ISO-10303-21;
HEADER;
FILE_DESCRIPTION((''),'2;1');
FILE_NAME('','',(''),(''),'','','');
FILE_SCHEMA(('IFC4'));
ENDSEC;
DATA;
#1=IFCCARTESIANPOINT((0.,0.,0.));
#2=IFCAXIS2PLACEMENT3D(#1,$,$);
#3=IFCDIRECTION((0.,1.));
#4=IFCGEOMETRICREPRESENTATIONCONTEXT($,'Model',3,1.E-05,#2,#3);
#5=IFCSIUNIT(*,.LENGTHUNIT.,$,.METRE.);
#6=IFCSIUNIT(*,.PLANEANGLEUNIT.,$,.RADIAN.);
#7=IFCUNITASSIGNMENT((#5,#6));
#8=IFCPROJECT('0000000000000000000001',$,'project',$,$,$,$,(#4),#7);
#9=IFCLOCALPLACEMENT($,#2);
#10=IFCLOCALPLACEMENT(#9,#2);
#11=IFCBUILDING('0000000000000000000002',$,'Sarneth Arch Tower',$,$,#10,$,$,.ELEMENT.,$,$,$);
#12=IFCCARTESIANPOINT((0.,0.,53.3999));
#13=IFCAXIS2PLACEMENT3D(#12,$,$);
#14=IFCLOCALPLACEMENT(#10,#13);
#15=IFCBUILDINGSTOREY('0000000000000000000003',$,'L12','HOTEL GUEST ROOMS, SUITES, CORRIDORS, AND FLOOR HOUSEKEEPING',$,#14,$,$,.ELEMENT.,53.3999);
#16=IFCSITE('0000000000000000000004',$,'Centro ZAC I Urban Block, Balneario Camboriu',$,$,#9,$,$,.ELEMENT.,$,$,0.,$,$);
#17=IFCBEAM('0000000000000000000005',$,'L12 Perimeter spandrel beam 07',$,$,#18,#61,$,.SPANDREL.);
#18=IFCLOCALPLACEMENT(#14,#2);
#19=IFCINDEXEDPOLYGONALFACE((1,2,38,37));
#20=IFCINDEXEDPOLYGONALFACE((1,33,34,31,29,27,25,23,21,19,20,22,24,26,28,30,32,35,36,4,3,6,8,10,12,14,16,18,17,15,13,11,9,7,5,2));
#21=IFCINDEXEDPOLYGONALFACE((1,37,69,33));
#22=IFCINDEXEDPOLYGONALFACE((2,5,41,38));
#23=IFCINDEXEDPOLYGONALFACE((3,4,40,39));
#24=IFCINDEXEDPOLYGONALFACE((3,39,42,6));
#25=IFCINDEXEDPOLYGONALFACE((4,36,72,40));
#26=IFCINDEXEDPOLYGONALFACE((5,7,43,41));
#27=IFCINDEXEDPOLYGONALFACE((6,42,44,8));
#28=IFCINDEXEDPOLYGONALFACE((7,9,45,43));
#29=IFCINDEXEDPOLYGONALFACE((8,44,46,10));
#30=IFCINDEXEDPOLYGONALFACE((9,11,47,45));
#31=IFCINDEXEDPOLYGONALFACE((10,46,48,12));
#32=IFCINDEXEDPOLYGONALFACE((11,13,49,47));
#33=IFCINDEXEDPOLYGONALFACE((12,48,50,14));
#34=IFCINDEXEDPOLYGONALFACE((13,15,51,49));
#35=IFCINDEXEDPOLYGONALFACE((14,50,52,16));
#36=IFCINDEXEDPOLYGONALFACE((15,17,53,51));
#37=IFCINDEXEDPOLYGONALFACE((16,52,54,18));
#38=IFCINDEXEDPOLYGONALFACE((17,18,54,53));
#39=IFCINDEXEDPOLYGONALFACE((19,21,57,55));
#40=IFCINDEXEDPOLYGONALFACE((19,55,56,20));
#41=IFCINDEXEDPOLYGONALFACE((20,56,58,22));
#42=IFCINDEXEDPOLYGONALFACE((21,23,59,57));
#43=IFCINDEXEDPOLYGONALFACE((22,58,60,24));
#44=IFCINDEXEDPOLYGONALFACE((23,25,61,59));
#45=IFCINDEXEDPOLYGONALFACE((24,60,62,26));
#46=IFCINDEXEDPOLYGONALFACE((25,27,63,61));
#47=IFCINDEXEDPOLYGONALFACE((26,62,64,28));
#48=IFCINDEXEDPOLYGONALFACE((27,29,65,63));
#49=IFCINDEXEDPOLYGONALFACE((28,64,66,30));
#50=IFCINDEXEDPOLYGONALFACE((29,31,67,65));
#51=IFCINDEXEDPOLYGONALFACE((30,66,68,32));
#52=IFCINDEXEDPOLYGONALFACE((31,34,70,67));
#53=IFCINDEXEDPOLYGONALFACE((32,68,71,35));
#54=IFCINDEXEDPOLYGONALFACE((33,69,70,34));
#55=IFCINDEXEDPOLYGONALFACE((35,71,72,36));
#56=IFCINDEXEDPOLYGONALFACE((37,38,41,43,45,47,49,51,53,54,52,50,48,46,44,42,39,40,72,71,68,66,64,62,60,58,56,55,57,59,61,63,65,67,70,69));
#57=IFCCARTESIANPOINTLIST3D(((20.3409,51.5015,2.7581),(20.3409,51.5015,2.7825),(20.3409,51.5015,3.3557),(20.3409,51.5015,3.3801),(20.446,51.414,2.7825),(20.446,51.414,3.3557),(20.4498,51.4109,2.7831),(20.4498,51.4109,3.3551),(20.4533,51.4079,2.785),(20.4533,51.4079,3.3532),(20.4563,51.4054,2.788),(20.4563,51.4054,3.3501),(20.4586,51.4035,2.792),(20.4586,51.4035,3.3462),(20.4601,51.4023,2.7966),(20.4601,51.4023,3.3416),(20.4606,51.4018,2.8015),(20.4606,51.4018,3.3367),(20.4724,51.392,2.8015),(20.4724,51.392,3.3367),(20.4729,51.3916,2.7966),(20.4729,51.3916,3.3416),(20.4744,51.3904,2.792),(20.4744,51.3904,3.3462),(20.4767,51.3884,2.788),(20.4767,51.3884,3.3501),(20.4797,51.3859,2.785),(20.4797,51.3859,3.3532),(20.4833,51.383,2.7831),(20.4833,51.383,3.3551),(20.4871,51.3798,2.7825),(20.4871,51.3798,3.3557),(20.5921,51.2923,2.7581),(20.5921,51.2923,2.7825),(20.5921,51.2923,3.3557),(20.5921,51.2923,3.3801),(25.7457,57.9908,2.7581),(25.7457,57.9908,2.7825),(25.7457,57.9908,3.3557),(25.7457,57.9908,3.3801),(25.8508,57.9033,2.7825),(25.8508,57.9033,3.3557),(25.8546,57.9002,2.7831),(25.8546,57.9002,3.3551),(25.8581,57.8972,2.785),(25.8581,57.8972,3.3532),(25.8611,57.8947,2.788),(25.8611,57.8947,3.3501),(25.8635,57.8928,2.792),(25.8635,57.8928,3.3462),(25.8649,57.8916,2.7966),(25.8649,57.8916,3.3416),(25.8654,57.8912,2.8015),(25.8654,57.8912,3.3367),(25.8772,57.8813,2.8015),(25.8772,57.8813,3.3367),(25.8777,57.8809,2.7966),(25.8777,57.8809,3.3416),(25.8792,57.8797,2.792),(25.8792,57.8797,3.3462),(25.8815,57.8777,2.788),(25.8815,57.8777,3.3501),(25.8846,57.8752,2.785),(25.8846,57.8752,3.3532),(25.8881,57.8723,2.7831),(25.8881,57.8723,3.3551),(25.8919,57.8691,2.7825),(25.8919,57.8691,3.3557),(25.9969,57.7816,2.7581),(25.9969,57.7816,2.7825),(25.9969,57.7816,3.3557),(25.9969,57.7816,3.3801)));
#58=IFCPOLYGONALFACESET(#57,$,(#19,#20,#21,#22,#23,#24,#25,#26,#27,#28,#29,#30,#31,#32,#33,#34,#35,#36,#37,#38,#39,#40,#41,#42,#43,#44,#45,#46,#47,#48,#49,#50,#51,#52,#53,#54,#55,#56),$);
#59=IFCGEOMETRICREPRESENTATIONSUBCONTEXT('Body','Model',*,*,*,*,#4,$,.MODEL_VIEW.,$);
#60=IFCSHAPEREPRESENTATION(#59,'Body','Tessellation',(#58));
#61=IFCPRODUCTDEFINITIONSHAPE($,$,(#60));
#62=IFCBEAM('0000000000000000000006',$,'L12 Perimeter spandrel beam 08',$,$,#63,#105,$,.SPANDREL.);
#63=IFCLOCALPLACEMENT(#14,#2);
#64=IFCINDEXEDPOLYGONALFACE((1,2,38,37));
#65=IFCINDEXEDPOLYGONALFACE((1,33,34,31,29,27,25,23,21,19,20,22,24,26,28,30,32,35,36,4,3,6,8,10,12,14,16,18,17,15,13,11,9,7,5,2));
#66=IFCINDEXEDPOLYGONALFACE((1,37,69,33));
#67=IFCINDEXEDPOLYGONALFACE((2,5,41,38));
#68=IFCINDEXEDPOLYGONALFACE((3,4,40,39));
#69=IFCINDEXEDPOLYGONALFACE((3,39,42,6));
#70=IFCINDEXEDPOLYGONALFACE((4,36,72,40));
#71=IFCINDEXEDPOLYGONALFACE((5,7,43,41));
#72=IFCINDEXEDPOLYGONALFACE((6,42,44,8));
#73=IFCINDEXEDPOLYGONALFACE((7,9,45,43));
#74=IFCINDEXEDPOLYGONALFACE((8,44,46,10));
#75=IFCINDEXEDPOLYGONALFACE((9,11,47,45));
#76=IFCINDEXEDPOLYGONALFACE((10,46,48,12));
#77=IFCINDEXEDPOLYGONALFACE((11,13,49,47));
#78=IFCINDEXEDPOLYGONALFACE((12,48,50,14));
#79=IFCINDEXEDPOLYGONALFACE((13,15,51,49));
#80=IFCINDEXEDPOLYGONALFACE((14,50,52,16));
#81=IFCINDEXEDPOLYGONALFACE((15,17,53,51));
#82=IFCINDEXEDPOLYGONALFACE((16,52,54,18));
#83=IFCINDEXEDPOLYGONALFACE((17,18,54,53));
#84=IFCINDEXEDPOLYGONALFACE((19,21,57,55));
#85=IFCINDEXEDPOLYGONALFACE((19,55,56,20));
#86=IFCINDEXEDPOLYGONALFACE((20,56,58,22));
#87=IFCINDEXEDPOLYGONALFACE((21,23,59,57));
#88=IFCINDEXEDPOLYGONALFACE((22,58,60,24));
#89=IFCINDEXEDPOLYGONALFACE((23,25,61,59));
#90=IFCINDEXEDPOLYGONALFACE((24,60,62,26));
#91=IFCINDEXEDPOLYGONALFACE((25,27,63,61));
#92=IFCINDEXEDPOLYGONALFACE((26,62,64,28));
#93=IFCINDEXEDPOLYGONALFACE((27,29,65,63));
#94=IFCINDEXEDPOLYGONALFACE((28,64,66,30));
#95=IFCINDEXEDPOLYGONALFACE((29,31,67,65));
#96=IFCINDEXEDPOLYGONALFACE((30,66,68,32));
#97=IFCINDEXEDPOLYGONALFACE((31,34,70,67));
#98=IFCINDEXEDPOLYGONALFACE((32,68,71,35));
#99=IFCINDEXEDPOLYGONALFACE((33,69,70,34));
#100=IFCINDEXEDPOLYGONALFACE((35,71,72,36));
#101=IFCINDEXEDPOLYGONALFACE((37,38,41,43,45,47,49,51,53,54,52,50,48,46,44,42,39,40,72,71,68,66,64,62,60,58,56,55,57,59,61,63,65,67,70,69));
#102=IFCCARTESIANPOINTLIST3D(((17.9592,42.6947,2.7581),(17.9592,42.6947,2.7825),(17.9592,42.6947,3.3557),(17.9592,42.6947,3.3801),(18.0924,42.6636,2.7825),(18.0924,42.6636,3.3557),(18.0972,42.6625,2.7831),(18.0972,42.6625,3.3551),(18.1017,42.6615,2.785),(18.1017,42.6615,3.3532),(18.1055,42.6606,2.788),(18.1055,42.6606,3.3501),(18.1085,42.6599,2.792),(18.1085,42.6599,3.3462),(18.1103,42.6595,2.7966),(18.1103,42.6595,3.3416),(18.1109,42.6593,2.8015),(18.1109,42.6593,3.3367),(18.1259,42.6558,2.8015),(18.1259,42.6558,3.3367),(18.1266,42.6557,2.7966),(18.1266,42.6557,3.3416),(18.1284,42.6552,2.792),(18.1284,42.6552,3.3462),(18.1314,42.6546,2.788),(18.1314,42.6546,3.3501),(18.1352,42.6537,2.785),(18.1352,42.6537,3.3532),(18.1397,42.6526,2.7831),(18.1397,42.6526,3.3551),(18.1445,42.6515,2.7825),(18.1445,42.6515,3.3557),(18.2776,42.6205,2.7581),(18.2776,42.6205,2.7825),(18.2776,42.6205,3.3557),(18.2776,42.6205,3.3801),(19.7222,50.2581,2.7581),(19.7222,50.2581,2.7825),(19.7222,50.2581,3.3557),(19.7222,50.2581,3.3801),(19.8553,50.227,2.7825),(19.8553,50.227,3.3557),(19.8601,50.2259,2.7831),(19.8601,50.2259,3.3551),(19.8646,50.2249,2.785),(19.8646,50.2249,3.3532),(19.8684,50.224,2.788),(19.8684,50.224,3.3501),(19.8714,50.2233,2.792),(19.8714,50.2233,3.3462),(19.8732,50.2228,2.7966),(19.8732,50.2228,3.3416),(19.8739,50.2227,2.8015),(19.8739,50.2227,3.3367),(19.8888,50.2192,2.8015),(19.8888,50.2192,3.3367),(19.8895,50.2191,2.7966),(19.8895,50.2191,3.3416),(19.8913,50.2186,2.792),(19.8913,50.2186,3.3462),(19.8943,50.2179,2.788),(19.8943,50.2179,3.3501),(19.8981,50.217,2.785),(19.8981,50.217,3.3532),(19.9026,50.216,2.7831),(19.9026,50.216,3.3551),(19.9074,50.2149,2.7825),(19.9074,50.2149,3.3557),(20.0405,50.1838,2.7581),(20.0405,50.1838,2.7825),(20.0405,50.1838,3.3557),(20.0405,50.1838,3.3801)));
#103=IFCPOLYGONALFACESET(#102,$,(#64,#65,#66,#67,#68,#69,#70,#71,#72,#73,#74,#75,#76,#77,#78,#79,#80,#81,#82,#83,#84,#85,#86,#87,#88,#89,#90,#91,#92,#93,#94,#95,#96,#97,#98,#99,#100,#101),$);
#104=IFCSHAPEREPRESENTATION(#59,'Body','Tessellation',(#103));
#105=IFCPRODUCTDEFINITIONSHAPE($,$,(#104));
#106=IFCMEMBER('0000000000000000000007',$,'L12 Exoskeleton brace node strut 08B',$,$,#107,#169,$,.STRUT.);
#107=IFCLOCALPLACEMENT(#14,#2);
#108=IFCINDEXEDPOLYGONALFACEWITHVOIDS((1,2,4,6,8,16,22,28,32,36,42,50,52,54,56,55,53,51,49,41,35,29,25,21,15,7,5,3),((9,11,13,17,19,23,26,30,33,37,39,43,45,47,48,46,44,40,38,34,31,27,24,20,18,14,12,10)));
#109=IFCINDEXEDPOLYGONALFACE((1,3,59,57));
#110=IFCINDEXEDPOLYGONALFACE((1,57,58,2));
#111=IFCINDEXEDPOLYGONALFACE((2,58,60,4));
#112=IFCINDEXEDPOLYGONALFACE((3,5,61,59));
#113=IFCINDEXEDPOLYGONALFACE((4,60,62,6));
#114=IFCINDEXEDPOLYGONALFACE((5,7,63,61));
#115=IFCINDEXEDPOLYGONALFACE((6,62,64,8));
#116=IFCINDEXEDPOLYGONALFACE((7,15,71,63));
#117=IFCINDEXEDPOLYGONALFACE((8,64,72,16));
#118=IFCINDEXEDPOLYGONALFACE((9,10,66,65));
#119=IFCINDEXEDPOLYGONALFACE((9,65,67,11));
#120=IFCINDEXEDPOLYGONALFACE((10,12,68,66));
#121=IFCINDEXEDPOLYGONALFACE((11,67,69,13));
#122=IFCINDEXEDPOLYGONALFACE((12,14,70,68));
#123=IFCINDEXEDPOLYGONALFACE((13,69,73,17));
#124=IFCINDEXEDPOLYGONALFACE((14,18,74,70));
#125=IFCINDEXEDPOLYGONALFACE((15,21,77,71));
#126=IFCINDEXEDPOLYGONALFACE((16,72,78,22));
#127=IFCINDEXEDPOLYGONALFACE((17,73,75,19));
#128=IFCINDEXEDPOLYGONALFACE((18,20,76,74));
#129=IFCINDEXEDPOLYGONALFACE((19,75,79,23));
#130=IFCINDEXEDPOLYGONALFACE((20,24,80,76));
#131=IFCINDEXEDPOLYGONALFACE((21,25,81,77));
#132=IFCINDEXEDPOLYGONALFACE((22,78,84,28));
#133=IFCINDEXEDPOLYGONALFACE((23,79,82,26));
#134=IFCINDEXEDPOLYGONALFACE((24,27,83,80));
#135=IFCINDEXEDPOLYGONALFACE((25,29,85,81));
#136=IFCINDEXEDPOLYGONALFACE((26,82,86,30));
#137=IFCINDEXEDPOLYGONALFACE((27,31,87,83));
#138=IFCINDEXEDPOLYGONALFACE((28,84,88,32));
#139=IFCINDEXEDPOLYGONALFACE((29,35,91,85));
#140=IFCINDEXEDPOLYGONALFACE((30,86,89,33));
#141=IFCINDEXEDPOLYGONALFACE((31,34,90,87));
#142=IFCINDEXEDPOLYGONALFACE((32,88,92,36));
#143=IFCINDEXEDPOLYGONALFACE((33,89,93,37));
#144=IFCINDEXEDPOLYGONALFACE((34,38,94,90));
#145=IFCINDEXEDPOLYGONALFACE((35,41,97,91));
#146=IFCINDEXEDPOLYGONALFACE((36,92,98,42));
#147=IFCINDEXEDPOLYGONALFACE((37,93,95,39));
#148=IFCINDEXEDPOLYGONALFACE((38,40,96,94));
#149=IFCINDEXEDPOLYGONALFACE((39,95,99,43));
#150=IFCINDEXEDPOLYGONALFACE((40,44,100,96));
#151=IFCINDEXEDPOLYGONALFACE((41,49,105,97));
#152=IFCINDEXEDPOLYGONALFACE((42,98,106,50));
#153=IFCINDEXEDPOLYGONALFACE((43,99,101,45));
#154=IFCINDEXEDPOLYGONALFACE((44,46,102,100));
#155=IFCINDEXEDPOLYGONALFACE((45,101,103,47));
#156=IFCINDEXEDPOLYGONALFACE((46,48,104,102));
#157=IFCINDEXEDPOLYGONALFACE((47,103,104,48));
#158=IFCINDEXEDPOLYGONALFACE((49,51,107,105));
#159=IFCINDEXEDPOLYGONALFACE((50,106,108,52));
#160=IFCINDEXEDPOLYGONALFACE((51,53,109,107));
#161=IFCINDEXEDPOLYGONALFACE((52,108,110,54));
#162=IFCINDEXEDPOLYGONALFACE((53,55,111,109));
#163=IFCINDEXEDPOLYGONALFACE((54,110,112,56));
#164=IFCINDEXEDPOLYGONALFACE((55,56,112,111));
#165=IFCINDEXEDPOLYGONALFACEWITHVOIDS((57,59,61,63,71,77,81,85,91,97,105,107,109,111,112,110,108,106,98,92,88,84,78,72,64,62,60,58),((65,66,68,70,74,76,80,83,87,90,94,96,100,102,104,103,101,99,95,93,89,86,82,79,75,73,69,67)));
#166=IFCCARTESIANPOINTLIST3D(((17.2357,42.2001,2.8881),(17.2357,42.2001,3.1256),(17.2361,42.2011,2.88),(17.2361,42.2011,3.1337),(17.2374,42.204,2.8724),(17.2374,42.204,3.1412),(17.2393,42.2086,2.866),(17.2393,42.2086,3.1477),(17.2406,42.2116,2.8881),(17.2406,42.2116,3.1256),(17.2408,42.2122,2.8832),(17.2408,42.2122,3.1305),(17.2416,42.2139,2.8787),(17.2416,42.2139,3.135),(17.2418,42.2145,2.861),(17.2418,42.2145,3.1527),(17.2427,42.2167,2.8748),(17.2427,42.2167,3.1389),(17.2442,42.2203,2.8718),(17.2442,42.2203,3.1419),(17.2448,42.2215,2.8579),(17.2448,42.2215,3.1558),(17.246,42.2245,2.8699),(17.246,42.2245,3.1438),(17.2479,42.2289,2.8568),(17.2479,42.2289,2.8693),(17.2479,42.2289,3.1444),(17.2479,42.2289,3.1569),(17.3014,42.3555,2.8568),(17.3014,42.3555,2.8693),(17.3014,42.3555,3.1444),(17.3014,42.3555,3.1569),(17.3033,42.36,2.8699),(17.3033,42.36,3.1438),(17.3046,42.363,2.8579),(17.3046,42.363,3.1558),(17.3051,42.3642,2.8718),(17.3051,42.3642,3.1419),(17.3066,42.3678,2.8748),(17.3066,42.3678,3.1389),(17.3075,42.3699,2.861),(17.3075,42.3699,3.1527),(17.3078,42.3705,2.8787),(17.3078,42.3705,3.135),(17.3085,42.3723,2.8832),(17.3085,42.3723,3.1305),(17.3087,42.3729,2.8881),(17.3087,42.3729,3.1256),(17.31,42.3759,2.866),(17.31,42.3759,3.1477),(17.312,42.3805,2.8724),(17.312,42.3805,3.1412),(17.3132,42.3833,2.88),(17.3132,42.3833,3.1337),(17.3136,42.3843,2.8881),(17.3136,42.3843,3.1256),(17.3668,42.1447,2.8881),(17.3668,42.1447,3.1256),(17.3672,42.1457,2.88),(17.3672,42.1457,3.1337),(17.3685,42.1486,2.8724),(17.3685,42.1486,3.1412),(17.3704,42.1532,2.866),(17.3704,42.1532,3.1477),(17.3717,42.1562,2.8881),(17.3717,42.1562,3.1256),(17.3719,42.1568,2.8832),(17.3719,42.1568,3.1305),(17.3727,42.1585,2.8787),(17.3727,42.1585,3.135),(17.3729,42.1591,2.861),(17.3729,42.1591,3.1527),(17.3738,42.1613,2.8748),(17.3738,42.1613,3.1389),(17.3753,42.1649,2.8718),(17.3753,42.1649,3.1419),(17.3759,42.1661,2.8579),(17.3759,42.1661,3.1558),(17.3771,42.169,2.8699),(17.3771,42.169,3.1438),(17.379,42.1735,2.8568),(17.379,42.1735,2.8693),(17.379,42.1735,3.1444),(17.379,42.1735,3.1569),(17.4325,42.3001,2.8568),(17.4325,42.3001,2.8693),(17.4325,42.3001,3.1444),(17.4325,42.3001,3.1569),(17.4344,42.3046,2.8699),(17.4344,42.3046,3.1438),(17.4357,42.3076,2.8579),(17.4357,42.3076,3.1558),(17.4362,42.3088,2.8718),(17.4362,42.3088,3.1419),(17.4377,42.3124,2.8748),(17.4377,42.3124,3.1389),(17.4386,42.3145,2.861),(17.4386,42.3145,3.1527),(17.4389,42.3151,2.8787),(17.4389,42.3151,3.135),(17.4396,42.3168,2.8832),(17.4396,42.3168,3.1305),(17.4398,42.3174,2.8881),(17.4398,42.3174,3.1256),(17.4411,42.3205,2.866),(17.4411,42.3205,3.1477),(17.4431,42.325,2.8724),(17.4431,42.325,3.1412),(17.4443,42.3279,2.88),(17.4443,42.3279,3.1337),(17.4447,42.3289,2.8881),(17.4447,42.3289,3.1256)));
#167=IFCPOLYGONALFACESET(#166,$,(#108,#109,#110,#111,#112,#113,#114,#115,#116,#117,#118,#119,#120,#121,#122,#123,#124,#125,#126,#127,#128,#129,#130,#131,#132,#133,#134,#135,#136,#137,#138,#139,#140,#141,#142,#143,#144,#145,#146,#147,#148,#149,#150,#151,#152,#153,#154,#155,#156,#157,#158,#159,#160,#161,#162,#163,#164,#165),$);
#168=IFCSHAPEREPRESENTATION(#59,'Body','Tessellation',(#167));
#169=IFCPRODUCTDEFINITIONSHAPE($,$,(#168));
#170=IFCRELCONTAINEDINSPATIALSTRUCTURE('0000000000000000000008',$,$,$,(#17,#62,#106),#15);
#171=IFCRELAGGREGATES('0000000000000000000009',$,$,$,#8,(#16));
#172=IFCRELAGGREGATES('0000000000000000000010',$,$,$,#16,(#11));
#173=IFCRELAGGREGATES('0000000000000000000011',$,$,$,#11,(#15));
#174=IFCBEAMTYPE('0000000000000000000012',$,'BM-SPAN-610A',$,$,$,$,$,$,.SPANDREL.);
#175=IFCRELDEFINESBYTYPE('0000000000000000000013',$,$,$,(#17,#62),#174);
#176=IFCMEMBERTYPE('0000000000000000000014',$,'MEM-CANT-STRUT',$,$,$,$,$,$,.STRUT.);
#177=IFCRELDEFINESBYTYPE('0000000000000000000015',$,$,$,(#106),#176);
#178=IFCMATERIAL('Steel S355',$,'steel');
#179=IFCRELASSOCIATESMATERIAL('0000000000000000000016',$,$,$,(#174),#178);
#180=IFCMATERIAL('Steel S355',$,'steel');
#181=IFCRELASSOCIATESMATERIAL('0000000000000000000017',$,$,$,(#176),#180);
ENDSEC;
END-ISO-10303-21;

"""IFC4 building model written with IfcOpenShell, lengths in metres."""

from ifc_helpers import new_model, si_unit, direction, frame, origin, origin_2d, place, context, subcontext, project, spatial, hollow_rectangle, i_section, extrude, material, material_profile, profile_set, type_object, element, save


model = new_model("IFC4")

# Units and contexts
model_context = context("Model", 3, precision=1e-05, world=origin(), true_north=direction((0.0, 1.0)))
body_context = subcontext(model_context, "Body", "Model", "MODEL_VIEW")
ifc_project = project(units=[si_unit("LENGTHUNIT", "METRE"), si_unit("PLANEANGLEUNIT", "RADIAN")], contexts=[model_context])

# Site, building, storey
site_placement = place(None, origin())
site = spatial("IfcSite", under=ifc_project, at=site_placement, Name="Centro ZAC I Urban Block, Balneario Camboriu", CompositionType="ELEMENT", RefElevation=0.0)
building_placement = place(site_placement, origin())
building = spatial("IfcBuilding", under=site, at=building_placement, Name="Sarneth Arch Tower", CompositionType="ELEMENT")
storey_placement = place(building_placement, frame((0.0, 0.0, 53.3999)))
storey = spatial("IfcBuildingStorey", under=building, at=storey_placement, Name="L12", Description="HOTEL GUEST ROOMS, SUITES, CORRIDORS, AND FLOOR HOUSEKEEPING", CompositionType="ELEMENT", Elevation=53.3999)

# Beams
ifc_material_1 = material(Name="Steel S355", Category="steel")
ifc_material_profile_1 = material_profile(ifc_material_1, i_section(OverallWidth=0.3269, OverallDepth=0.6221, WebThickness=0.0154, FlangeThickness=0.0244, FilletRadius=0.019, at=origin_2d()), Name="W610x195")
ifc_profile_set_1 = profile_set([ifc_material_profile_1], Name="Steel S355")
beam_type_1 = type_object("IfcBeamType", Name="BM-SPAN-610A", PredefinedType="SPANDREL", material=ifc_profile_set_1)
beam_1_placement = place(storey_placement, frame((25.8713, 57.8862, 3.0691), z_axis=(-0.63998, -0.768392, 0.0), x_axis=(0.768392, -0.63998, 0.0)))
element("IfcBeam", 1, at=beam_1_placement, inside=storey, type_object=beam_type_1, Name="L12 Perimeter spandrel beam 07", PredefinedType="SPANDREL", context=body_context, shape_type="SweptSolid", body=[
    extrude(i_section(OverallWidth=0.3269, OverallDepth=0.6221, WebThickness=0.0154, FlangeThickness=0.0244, FilletRadius=0.019, at=origin_2d()), origin(), (0.0, 0.0, 1.0), 8.4453),
])
beam_2_placement = place(storey_placement, frame((19.8813, 50.2209, 3.0691), z_axis=(-0.227001, -0.973895, 0.0), x_axis=(0.973895, -0.227001, 0.0)))
element("IfcBeam", 2, at=beam_2_placement, inside=storey, type_object=beam_type_1, Name="L12 Perimeter spandrel beam 08", PredefinedType="SPANDREL", context=body_context, shape_type="SweptSolid", body=[
    extrude(i_section(OverallWidth=0.3269, OverallDepth=0.6221, WebThickness=0.0154, FlangeThickness=0.0244, FilletRadius=0.019, at=origin_2d()), origin(), (0.0, 0.0, 1.0), 7.7661),
])

# Member
ifc_material_2 = material(Name="Steel S355", Category="steel")
ifc_material_profile_2 = material_profile(ifc_material_2, hollow_rectangle(XDim=0.2, YDim=0.3, WallThickness=0.0125, InnerFilletRadius=0.0188, OuterFilletRadius=0.0312, at=origin_2d()), Name="RHS300x200x12.5")
ifc_profile_set_2 = profile_set([ifc_material_profile_2], Name="Steel S355")
member_type_1 = type_object("IfcMemberType", Name="MEM-CANT-STRUT", PredefinedType="STRUT", material=ifc_profile_set_2)
member_1_placement = place(storey_placement, frame((17.4058, 42.2368, 3.0068), z_axis=(-0.921086, 0.38936, 0.0), x_axis=(-0.38936, -0.921086, 0.0)))
element("IfcMember", 3, at=member_1_placement, inside=storey, type_object=member_type_1, Name="L12 Exoskeleton brace node strut 08B", PredefinedType="STRUT", context=body_context, shape_type="SweptSolid", body=[
    extrude(hollow_rectangle(XDim=0.2, YDim=0.3, WallThickness=0.0125, InnerFilletRadius=0.0188, OuterFilletRadius=0.0312, at=origin_2d()), origin(), (0.0, 0.0, 1.0), 0.1423),
])

save(model, "model.ifc")
